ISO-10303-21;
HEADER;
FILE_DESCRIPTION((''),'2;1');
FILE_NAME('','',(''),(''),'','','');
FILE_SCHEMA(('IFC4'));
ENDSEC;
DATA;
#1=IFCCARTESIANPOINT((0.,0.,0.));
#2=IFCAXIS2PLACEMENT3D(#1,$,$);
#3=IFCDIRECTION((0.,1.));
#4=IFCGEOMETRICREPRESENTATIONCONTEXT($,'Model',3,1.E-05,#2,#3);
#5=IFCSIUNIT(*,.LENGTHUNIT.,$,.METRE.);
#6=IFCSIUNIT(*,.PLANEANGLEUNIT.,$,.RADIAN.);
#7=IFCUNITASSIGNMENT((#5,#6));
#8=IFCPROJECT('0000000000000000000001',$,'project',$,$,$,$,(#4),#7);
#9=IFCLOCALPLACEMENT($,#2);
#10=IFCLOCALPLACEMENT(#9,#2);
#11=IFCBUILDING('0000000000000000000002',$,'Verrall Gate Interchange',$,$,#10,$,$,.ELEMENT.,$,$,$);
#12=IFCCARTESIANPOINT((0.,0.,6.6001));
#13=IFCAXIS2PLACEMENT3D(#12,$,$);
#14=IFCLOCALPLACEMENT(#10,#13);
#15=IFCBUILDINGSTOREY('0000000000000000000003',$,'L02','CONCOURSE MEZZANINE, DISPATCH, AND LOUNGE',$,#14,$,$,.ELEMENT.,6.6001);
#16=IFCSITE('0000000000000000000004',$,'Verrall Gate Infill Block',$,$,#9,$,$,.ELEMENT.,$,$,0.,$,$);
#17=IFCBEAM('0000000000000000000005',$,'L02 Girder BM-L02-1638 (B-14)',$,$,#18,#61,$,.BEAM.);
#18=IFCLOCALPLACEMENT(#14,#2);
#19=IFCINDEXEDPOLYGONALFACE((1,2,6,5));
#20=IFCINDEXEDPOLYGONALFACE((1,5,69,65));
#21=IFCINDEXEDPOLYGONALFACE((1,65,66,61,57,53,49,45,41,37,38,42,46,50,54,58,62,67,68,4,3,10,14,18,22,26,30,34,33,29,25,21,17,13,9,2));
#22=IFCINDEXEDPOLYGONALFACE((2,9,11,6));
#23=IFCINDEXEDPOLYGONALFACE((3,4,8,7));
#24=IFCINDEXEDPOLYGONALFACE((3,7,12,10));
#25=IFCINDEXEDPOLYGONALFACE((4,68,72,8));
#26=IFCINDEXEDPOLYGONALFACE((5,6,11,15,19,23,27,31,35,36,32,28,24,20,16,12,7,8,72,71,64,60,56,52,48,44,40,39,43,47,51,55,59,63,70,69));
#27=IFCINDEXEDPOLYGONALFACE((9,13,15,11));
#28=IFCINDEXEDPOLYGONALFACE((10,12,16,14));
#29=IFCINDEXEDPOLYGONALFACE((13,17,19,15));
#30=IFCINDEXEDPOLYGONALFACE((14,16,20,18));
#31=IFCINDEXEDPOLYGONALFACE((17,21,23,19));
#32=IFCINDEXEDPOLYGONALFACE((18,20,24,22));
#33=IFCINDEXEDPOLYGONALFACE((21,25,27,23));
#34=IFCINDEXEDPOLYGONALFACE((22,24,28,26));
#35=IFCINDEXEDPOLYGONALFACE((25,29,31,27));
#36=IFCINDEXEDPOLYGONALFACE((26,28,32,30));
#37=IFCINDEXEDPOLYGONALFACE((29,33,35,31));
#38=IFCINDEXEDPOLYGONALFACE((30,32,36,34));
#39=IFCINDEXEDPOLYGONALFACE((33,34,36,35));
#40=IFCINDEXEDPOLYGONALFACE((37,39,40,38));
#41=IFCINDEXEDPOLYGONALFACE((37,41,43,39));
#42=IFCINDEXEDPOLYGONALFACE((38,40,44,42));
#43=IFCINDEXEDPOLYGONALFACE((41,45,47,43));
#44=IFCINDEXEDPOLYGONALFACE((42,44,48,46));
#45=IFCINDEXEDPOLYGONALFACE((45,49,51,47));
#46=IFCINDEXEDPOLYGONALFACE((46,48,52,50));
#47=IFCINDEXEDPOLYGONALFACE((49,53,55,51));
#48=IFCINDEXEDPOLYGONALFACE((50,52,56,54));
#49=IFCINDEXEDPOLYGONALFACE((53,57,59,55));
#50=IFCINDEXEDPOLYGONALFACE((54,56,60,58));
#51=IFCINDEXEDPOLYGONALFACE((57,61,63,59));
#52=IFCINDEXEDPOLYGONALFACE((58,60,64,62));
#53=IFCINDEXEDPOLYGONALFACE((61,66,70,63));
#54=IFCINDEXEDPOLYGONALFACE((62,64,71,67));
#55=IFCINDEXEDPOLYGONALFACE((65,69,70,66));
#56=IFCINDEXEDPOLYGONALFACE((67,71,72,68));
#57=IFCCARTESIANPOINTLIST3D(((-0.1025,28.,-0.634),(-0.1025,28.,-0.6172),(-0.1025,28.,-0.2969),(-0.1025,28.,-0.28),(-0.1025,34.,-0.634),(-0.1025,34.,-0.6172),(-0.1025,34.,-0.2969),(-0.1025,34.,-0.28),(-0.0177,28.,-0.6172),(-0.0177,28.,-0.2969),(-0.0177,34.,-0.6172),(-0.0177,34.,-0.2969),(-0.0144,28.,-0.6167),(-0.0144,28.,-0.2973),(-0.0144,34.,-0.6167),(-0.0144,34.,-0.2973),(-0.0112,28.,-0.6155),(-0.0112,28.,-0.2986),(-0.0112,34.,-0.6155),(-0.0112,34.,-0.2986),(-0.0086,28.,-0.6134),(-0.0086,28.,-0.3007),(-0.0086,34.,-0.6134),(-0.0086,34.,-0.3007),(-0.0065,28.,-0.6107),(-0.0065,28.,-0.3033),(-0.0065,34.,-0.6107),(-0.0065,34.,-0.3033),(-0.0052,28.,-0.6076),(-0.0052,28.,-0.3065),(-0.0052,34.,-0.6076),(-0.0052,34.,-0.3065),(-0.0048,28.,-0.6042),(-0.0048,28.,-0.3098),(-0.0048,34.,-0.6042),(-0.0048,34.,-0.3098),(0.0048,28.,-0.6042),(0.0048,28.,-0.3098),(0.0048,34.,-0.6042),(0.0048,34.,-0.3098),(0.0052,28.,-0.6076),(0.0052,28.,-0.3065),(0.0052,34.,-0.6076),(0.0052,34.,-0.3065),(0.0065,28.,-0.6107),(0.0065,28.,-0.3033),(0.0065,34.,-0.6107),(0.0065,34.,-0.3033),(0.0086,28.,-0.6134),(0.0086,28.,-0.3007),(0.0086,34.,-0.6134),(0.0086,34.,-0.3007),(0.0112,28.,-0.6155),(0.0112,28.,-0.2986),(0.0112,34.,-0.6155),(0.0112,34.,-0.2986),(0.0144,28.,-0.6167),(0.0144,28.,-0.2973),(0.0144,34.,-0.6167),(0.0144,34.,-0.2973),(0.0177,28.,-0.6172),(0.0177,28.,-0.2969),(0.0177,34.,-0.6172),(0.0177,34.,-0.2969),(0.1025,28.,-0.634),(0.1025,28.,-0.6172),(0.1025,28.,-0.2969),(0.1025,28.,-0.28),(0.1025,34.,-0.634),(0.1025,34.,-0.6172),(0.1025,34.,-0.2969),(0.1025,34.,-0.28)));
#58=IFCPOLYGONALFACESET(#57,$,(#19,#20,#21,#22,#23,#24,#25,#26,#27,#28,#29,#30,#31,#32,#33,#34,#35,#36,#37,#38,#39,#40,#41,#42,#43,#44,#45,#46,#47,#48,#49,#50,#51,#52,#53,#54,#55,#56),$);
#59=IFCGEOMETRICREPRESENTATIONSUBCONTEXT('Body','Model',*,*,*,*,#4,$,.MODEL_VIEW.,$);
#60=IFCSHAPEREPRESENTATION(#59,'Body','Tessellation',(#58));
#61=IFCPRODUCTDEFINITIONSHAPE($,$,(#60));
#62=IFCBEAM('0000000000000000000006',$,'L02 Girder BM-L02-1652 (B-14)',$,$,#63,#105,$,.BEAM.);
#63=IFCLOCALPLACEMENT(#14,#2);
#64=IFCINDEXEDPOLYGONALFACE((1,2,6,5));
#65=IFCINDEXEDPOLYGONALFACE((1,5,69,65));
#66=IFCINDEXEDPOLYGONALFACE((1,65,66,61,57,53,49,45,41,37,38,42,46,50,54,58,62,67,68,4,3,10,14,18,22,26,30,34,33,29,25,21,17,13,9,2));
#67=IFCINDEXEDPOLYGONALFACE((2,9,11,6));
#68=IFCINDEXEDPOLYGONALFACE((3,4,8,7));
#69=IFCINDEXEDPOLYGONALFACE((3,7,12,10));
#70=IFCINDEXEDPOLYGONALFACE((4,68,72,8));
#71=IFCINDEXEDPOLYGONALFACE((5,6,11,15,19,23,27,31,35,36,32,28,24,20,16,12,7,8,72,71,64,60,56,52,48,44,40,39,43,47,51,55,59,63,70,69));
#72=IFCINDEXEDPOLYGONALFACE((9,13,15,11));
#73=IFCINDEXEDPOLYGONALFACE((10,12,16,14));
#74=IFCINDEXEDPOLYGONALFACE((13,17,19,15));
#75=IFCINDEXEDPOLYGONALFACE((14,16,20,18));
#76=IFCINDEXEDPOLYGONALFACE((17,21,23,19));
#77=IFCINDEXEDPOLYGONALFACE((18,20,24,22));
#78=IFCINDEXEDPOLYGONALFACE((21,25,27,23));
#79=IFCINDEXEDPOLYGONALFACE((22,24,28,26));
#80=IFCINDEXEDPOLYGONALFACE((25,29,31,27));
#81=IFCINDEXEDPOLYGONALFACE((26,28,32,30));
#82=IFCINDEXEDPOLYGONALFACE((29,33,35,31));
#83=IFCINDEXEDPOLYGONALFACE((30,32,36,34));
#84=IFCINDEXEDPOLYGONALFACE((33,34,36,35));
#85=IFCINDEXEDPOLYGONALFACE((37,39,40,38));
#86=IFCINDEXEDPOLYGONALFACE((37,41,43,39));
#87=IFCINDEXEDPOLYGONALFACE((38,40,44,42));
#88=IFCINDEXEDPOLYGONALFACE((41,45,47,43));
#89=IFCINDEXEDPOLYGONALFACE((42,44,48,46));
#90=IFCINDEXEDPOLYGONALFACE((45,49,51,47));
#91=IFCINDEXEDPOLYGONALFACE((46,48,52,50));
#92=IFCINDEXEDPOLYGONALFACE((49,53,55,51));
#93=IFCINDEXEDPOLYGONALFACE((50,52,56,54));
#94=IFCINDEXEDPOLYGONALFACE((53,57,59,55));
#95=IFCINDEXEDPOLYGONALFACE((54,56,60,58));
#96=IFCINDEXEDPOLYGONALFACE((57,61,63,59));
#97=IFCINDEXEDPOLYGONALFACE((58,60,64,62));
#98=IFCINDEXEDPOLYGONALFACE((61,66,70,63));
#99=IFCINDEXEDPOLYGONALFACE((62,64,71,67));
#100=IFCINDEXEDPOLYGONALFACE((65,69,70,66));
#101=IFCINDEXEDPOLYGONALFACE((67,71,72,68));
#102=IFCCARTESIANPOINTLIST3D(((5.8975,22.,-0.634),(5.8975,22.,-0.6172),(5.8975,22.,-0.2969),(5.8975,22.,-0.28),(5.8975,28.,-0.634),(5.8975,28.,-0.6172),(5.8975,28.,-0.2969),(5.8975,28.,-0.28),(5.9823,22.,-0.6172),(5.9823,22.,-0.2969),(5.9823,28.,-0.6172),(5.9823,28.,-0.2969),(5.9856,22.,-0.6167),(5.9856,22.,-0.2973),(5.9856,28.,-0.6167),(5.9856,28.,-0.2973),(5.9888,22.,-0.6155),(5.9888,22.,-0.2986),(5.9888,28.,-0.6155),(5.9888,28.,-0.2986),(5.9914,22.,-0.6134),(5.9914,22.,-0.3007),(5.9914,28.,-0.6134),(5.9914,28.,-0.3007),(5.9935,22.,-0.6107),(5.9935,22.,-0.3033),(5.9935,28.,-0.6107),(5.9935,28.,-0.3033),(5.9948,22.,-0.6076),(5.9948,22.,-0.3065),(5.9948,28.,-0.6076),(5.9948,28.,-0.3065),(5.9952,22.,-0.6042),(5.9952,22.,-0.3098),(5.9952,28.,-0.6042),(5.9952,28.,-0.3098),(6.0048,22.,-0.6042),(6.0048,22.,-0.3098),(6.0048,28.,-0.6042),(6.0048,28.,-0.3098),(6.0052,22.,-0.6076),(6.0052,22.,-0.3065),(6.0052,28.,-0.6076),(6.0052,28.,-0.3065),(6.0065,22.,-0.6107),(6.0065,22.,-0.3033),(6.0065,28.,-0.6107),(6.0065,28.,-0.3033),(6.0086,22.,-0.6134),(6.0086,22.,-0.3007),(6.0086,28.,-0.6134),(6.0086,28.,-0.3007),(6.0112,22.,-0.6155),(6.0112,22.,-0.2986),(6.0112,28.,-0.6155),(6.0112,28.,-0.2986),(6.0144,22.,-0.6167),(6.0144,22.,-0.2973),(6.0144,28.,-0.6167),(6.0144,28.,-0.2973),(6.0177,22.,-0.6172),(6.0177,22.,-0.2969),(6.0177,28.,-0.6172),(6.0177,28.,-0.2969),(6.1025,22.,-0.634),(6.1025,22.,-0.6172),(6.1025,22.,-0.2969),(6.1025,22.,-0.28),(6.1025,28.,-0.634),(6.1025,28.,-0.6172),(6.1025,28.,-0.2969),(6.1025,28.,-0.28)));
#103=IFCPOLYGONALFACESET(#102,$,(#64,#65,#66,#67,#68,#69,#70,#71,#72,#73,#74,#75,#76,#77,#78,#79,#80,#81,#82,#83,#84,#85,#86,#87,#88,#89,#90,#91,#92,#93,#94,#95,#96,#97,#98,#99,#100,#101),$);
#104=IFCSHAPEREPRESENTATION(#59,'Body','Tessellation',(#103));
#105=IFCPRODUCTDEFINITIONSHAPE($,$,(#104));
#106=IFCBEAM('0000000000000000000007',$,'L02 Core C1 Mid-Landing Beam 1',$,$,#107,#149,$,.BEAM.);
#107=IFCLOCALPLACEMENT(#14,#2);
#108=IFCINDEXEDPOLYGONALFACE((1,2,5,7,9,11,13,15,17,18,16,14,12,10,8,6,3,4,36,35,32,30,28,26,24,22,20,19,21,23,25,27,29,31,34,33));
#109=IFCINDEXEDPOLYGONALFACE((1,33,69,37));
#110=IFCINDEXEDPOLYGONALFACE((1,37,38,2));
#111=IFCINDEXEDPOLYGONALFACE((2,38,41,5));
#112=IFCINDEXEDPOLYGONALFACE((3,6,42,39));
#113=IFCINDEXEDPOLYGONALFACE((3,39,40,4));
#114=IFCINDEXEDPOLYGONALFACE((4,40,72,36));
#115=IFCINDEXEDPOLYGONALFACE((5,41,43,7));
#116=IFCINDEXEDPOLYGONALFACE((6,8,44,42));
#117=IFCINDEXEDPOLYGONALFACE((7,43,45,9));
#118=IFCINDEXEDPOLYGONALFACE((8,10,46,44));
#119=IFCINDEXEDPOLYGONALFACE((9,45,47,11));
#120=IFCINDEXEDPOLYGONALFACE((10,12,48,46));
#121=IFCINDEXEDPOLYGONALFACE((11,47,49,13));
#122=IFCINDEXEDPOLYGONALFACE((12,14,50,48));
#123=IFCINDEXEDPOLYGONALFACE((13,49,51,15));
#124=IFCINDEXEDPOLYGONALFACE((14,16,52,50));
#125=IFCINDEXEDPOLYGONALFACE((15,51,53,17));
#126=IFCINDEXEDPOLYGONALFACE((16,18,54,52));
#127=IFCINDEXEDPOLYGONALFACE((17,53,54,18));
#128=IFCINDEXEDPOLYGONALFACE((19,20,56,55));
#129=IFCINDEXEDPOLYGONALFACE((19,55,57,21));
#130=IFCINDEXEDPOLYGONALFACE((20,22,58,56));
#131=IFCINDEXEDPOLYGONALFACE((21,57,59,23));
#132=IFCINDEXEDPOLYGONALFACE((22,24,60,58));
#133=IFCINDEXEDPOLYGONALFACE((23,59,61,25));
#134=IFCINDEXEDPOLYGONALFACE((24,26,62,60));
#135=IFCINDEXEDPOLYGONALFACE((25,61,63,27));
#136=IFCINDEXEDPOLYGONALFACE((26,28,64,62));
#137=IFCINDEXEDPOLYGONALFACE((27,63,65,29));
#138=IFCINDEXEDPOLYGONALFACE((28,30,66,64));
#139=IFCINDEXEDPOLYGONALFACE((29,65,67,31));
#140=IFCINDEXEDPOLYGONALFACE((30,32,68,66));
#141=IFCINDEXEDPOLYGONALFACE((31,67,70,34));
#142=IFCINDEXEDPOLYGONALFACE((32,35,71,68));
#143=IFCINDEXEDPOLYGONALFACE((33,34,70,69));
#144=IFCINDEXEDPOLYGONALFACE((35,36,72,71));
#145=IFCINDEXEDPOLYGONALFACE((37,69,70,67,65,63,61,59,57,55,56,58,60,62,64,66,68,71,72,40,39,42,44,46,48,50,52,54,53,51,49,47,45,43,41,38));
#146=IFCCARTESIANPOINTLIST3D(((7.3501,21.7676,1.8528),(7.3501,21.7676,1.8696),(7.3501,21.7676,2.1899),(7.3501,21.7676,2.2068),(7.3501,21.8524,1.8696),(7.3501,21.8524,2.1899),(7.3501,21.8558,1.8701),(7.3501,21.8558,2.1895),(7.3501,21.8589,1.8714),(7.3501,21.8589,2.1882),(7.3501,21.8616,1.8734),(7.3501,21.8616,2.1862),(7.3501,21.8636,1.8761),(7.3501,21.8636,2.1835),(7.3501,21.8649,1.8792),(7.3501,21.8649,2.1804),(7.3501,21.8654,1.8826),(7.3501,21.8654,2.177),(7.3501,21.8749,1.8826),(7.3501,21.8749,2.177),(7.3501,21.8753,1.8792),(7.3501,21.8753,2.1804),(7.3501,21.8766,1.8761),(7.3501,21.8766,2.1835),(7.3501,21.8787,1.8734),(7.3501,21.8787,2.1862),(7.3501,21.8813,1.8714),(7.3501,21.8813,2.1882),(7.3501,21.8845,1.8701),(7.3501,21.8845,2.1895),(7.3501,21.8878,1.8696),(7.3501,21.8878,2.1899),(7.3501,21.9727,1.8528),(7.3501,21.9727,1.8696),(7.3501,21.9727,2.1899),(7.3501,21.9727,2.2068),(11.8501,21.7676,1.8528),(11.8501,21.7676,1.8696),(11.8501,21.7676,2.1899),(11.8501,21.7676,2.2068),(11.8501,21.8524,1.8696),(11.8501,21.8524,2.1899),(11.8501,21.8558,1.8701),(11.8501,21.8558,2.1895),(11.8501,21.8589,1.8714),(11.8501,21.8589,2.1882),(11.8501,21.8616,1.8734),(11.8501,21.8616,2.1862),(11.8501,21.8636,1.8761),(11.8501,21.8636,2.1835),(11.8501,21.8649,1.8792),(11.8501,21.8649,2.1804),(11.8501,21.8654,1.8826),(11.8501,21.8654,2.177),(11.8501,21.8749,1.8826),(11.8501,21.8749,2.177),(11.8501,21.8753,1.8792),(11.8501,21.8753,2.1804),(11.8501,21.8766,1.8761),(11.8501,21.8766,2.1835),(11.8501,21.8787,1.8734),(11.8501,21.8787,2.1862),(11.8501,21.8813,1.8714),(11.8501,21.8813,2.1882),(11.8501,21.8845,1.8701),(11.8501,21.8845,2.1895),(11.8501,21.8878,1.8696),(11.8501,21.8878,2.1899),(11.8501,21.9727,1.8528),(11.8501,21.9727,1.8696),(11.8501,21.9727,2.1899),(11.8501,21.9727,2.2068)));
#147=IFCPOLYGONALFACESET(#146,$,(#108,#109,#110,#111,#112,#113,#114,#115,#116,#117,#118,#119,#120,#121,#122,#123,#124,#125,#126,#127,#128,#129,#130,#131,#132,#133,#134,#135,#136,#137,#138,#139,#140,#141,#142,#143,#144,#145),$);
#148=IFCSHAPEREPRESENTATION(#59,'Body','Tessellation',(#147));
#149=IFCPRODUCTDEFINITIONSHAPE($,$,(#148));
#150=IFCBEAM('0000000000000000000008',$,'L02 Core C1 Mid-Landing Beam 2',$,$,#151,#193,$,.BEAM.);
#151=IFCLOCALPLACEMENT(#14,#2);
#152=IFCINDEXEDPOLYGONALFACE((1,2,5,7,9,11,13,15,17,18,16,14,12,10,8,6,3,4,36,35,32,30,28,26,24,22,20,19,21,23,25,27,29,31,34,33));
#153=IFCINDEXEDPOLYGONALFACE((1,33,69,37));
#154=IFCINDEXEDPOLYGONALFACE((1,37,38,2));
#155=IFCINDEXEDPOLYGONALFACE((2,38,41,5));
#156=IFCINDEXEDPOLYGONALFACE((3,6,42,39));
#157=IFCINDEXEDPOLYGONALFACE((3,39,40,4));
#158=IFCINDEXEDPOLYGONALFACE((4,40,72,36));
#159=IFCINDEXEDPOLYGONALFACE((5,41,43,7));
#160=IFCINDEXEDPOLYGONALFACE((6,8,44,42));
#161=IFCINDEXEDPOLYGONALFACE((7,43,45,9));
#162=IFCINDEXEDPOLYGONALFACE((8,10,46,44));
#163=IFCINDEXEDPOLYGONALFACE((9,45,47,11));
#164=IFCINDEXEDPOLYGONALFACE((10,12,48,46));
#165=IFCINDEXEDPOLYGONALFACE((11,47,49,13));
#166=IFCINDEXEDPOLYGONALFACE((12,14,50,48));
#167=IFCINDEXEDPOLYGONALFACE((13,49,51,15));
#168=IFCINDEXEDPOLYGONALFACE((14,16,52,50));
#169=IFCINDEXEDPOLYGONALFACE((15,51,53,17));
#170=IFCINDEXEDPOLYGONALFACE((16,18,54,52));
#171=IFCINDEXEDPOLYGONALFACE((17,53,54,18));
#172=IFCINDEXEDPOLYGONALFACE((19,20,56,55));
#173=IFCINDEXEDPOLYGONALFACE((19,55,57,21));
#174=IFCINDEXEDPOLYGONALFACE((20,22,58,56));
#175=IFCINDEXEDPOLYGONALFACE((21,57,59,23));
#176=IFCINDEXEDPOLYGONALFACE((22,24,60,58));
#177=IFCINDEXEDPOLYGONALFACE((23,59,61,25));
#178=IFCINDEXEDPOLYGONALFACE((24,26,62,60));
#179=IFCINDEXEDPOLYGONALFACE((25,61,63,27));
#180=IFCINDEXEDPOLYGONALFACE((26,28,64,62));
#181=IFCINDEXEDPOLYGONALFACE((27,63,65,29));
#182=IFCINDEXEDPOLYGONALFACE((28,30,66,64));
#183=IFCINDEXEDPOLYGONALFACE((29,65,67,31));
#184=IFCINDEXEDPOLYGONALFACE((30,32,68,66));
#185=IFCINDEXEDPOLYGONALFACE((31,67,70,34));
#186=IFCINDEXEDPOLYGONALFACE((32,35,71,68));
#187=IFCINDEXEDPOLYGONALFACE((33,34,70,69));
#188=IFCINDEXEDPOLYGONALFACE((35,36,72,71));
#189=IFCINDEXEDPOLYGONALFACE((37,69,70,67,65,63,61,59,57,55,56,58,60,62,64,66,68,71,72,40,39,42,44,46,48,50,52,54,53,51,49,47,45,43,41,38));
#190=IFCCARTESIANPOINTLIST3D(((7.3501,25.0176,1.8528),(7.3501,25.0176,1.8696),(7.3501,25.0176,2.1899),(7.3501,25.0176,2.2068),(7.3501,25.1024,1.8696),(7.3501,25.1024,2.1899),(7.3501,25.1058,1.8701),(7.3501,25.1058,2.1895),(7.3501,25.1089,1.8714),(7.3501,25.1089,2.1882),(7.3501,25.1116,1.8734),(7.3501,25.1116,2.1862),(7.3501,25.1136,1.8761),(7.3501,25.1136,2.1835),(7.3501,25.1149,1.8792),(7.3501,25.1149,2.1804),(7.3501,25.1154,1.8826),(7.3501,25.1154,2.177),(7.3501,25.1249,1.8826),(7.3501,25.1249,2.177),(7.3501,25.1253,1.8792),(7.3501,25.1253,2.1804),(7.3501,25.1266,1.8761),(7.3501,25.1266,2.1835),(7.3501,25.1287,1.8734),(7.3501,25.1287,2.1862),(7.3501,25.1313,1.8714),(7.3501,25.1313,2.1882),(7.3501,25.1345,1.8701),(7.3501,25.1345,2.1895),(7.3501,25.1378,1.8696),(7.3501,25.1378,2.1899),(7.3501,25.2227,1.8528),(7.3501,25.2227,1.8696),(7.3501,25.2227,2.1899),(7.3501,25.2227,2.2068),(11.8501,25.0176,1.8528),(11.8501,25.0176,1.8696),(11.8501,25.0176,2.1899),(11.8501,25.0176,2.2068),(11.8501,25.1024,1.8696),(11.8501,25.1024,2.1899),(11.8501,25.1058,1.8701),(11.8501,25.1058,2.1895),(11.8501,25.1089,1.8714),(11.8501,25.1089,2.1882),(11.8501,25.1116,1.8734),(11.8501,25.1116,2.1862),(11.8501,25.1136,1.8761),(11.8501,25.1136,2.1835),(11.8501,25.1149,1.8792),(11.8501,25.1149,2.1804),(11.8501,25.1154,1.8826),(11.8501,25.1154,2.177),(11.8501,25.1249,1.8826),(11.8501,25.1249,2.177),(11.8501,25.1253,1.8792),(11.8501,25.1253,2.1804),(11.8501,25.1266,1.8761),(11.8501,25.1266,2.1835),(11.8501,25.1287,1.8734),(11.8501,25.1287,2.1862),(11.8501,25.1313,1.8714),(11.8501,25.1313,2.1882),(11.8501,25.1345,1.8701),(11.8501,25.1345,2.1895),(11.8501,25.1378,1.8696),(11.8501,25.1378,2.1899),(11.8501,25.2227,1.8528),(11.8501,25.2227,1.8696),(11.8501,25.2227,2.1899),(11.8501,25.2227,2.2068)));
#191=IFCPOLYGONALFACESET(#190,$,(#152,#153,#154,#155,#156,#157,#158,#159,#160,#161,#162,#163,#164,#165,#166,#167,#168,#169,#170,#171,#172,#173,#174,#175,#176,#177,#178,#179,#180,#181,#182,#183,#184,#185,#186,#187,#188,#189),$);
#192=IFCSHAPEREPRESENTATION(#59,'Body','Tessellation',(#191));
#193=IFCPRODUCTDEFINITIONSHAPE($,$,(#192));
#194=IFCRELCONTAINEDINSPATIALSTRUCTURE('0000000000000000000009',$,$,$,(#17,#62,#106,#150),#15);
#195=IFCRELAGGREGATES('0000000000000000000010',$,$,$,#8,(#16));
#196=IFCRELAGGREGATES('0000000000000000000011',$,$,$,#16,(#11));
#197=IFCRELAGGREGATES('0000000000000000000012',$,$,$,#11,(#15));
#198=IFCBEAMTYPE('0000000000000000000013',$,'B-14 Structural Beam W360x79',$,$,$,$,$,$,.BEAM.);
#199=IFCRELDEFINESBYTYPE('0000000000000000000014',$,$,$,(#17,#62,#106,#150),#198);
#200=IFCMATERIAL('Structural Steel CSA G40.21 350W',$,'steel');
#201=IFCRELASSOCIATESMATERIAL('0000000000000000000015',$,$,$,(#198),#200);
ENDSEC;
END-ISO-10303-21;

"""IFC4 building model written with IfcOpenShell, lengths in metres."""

from ifc_helpers import new_model, si_unit, direction, frame, origin, origin_2d, place, context, subcontext, project, spatial, i_section, extrude, material, material_profile, profile_set, type_object, element, save


model = new_model("IFC4")

# Units and contexts
model_context = context("Model", 3, precision=1e-05, world=origin(), true_north=direction((0.0, 1.0)))
body_context = subcontext(model_context, "Body", "Model", "MODEL_VIEW")
ifc_project = project(units=[si_unit("LENGTHUNIT", "METRE"), si_unit("PLANEANGLEUNIT", "RADIAN")], contexts=[model_context])

# Site, building, storey
site_placement = place(None, origin())
site = spatial("IfcSite", under=ifc_project, at=site_placement, Name="Verrall Gate Infill Block", CompositionType="ELEMENT", RefElevation=0.0)
building_placement = place(site_placement, origin())
building = spatial("IfcBuilding", under=site, at=building_placement, Name="Verrall Gate Interchange", CompositionType="ELEMENT")
storey_placement = place(building_placement, frame((0.0, 0.0, 6.6001)))
storey = spatial("IfcBuildingStorey", under=building, at=storey_placement, Name="L02", Description="CONCOURSE MEZZANINE, DISPATCH, AND LOUNGE", CompositionType="ELEMENT", Elevation=6.6001)

# Beams
ifc_material_1 = material(Name="Structural Steel CSA G40.21 350W", Category="steel")
ifc_material_profile_1 = material_profile(ifc_material_1, i_section(OverallWidth=0.2051, OverallDepth=0.354, WebThickness=0.0095, FlangeThickness=0.0168, FilletRadius=0.0129, at=origin_2d()), Name="W360x79")
ifc_profile_set_1 = profile_set([ifc_material_profile_1], Name="Structural Steel CSA G40.21 350W")
beam_type_1 = type_object("IfcBeamType", Name="B-14 Structural Beam W360x79", PredefinedType="BEAM", material=ifc_profile_set_1)
for number, where, z_axis, x_axis, name in (
    (1, (0.0, 28.0, -0.457), (0.0, 1.0, 0.0), (-1.0, 0.0, 0.0), "L02 Girder BM-L02-1638 (B-14)"),
    (2, (6.0, 22.0, -0.457), (0.0, 1.0, 0.0), (-1.0, 0.0, 0.0), "L02 Girder BM-L02-1652 (B-14)"),
):
    element("IfcBeam", number, at=place(storey_placement, frame(where, z_axis=z_axis, x_axis=x_axis)), inside=storey, type_object=beam_type_1, Name=name, PredefinedType="BEAM", context=body_context, shape_type="SweptSolid", body=[
        extrude(i_section(OverallWidth=0.2051, OverallDepth=0.354, WebThickness=0.0095, FlangeThickness=0.0168, FilletRadius=0.0129, at=origin_2d()), origin(), (0.0, 0.0, 1.0), 6.0),
    ])
for number, where, z_axis, x_axis, name in (
    (3, (7.3501, 21.8701, 2.0298), (1.0, 0.0, 0.0), (0.0, 1.0, 0.0), "L02 Core C1 Mid-Landing Beam 1"),
    (4, (7.3501, 25.1201, 2.0298), (1.0, 0.0, 0.0), (0.0, 1.0, 0.0), "L02 Core C1 Mid-Landing Beam 2"),
):
    element("IfcBeam", number, at=place(storey_placement, frame(where, z_axis=z_axis, x_axis=x_axis)), inside=storey, type_object=beam_type_1, Name=name, PredefinedType="BEAM", context=body_context, shape_type="SweptSolid", body=[
        extrude(i_section(OverallWidth=0.2051, OverallDepth=0.354, WebThickness=0.0095, FlangeThickness=0.0168, FilletRadius=0.0129, at=origin_2d()), origin(), (0.0, 0.0, 1.0), 4.5),
    ])

save(model, "model.ifc")
